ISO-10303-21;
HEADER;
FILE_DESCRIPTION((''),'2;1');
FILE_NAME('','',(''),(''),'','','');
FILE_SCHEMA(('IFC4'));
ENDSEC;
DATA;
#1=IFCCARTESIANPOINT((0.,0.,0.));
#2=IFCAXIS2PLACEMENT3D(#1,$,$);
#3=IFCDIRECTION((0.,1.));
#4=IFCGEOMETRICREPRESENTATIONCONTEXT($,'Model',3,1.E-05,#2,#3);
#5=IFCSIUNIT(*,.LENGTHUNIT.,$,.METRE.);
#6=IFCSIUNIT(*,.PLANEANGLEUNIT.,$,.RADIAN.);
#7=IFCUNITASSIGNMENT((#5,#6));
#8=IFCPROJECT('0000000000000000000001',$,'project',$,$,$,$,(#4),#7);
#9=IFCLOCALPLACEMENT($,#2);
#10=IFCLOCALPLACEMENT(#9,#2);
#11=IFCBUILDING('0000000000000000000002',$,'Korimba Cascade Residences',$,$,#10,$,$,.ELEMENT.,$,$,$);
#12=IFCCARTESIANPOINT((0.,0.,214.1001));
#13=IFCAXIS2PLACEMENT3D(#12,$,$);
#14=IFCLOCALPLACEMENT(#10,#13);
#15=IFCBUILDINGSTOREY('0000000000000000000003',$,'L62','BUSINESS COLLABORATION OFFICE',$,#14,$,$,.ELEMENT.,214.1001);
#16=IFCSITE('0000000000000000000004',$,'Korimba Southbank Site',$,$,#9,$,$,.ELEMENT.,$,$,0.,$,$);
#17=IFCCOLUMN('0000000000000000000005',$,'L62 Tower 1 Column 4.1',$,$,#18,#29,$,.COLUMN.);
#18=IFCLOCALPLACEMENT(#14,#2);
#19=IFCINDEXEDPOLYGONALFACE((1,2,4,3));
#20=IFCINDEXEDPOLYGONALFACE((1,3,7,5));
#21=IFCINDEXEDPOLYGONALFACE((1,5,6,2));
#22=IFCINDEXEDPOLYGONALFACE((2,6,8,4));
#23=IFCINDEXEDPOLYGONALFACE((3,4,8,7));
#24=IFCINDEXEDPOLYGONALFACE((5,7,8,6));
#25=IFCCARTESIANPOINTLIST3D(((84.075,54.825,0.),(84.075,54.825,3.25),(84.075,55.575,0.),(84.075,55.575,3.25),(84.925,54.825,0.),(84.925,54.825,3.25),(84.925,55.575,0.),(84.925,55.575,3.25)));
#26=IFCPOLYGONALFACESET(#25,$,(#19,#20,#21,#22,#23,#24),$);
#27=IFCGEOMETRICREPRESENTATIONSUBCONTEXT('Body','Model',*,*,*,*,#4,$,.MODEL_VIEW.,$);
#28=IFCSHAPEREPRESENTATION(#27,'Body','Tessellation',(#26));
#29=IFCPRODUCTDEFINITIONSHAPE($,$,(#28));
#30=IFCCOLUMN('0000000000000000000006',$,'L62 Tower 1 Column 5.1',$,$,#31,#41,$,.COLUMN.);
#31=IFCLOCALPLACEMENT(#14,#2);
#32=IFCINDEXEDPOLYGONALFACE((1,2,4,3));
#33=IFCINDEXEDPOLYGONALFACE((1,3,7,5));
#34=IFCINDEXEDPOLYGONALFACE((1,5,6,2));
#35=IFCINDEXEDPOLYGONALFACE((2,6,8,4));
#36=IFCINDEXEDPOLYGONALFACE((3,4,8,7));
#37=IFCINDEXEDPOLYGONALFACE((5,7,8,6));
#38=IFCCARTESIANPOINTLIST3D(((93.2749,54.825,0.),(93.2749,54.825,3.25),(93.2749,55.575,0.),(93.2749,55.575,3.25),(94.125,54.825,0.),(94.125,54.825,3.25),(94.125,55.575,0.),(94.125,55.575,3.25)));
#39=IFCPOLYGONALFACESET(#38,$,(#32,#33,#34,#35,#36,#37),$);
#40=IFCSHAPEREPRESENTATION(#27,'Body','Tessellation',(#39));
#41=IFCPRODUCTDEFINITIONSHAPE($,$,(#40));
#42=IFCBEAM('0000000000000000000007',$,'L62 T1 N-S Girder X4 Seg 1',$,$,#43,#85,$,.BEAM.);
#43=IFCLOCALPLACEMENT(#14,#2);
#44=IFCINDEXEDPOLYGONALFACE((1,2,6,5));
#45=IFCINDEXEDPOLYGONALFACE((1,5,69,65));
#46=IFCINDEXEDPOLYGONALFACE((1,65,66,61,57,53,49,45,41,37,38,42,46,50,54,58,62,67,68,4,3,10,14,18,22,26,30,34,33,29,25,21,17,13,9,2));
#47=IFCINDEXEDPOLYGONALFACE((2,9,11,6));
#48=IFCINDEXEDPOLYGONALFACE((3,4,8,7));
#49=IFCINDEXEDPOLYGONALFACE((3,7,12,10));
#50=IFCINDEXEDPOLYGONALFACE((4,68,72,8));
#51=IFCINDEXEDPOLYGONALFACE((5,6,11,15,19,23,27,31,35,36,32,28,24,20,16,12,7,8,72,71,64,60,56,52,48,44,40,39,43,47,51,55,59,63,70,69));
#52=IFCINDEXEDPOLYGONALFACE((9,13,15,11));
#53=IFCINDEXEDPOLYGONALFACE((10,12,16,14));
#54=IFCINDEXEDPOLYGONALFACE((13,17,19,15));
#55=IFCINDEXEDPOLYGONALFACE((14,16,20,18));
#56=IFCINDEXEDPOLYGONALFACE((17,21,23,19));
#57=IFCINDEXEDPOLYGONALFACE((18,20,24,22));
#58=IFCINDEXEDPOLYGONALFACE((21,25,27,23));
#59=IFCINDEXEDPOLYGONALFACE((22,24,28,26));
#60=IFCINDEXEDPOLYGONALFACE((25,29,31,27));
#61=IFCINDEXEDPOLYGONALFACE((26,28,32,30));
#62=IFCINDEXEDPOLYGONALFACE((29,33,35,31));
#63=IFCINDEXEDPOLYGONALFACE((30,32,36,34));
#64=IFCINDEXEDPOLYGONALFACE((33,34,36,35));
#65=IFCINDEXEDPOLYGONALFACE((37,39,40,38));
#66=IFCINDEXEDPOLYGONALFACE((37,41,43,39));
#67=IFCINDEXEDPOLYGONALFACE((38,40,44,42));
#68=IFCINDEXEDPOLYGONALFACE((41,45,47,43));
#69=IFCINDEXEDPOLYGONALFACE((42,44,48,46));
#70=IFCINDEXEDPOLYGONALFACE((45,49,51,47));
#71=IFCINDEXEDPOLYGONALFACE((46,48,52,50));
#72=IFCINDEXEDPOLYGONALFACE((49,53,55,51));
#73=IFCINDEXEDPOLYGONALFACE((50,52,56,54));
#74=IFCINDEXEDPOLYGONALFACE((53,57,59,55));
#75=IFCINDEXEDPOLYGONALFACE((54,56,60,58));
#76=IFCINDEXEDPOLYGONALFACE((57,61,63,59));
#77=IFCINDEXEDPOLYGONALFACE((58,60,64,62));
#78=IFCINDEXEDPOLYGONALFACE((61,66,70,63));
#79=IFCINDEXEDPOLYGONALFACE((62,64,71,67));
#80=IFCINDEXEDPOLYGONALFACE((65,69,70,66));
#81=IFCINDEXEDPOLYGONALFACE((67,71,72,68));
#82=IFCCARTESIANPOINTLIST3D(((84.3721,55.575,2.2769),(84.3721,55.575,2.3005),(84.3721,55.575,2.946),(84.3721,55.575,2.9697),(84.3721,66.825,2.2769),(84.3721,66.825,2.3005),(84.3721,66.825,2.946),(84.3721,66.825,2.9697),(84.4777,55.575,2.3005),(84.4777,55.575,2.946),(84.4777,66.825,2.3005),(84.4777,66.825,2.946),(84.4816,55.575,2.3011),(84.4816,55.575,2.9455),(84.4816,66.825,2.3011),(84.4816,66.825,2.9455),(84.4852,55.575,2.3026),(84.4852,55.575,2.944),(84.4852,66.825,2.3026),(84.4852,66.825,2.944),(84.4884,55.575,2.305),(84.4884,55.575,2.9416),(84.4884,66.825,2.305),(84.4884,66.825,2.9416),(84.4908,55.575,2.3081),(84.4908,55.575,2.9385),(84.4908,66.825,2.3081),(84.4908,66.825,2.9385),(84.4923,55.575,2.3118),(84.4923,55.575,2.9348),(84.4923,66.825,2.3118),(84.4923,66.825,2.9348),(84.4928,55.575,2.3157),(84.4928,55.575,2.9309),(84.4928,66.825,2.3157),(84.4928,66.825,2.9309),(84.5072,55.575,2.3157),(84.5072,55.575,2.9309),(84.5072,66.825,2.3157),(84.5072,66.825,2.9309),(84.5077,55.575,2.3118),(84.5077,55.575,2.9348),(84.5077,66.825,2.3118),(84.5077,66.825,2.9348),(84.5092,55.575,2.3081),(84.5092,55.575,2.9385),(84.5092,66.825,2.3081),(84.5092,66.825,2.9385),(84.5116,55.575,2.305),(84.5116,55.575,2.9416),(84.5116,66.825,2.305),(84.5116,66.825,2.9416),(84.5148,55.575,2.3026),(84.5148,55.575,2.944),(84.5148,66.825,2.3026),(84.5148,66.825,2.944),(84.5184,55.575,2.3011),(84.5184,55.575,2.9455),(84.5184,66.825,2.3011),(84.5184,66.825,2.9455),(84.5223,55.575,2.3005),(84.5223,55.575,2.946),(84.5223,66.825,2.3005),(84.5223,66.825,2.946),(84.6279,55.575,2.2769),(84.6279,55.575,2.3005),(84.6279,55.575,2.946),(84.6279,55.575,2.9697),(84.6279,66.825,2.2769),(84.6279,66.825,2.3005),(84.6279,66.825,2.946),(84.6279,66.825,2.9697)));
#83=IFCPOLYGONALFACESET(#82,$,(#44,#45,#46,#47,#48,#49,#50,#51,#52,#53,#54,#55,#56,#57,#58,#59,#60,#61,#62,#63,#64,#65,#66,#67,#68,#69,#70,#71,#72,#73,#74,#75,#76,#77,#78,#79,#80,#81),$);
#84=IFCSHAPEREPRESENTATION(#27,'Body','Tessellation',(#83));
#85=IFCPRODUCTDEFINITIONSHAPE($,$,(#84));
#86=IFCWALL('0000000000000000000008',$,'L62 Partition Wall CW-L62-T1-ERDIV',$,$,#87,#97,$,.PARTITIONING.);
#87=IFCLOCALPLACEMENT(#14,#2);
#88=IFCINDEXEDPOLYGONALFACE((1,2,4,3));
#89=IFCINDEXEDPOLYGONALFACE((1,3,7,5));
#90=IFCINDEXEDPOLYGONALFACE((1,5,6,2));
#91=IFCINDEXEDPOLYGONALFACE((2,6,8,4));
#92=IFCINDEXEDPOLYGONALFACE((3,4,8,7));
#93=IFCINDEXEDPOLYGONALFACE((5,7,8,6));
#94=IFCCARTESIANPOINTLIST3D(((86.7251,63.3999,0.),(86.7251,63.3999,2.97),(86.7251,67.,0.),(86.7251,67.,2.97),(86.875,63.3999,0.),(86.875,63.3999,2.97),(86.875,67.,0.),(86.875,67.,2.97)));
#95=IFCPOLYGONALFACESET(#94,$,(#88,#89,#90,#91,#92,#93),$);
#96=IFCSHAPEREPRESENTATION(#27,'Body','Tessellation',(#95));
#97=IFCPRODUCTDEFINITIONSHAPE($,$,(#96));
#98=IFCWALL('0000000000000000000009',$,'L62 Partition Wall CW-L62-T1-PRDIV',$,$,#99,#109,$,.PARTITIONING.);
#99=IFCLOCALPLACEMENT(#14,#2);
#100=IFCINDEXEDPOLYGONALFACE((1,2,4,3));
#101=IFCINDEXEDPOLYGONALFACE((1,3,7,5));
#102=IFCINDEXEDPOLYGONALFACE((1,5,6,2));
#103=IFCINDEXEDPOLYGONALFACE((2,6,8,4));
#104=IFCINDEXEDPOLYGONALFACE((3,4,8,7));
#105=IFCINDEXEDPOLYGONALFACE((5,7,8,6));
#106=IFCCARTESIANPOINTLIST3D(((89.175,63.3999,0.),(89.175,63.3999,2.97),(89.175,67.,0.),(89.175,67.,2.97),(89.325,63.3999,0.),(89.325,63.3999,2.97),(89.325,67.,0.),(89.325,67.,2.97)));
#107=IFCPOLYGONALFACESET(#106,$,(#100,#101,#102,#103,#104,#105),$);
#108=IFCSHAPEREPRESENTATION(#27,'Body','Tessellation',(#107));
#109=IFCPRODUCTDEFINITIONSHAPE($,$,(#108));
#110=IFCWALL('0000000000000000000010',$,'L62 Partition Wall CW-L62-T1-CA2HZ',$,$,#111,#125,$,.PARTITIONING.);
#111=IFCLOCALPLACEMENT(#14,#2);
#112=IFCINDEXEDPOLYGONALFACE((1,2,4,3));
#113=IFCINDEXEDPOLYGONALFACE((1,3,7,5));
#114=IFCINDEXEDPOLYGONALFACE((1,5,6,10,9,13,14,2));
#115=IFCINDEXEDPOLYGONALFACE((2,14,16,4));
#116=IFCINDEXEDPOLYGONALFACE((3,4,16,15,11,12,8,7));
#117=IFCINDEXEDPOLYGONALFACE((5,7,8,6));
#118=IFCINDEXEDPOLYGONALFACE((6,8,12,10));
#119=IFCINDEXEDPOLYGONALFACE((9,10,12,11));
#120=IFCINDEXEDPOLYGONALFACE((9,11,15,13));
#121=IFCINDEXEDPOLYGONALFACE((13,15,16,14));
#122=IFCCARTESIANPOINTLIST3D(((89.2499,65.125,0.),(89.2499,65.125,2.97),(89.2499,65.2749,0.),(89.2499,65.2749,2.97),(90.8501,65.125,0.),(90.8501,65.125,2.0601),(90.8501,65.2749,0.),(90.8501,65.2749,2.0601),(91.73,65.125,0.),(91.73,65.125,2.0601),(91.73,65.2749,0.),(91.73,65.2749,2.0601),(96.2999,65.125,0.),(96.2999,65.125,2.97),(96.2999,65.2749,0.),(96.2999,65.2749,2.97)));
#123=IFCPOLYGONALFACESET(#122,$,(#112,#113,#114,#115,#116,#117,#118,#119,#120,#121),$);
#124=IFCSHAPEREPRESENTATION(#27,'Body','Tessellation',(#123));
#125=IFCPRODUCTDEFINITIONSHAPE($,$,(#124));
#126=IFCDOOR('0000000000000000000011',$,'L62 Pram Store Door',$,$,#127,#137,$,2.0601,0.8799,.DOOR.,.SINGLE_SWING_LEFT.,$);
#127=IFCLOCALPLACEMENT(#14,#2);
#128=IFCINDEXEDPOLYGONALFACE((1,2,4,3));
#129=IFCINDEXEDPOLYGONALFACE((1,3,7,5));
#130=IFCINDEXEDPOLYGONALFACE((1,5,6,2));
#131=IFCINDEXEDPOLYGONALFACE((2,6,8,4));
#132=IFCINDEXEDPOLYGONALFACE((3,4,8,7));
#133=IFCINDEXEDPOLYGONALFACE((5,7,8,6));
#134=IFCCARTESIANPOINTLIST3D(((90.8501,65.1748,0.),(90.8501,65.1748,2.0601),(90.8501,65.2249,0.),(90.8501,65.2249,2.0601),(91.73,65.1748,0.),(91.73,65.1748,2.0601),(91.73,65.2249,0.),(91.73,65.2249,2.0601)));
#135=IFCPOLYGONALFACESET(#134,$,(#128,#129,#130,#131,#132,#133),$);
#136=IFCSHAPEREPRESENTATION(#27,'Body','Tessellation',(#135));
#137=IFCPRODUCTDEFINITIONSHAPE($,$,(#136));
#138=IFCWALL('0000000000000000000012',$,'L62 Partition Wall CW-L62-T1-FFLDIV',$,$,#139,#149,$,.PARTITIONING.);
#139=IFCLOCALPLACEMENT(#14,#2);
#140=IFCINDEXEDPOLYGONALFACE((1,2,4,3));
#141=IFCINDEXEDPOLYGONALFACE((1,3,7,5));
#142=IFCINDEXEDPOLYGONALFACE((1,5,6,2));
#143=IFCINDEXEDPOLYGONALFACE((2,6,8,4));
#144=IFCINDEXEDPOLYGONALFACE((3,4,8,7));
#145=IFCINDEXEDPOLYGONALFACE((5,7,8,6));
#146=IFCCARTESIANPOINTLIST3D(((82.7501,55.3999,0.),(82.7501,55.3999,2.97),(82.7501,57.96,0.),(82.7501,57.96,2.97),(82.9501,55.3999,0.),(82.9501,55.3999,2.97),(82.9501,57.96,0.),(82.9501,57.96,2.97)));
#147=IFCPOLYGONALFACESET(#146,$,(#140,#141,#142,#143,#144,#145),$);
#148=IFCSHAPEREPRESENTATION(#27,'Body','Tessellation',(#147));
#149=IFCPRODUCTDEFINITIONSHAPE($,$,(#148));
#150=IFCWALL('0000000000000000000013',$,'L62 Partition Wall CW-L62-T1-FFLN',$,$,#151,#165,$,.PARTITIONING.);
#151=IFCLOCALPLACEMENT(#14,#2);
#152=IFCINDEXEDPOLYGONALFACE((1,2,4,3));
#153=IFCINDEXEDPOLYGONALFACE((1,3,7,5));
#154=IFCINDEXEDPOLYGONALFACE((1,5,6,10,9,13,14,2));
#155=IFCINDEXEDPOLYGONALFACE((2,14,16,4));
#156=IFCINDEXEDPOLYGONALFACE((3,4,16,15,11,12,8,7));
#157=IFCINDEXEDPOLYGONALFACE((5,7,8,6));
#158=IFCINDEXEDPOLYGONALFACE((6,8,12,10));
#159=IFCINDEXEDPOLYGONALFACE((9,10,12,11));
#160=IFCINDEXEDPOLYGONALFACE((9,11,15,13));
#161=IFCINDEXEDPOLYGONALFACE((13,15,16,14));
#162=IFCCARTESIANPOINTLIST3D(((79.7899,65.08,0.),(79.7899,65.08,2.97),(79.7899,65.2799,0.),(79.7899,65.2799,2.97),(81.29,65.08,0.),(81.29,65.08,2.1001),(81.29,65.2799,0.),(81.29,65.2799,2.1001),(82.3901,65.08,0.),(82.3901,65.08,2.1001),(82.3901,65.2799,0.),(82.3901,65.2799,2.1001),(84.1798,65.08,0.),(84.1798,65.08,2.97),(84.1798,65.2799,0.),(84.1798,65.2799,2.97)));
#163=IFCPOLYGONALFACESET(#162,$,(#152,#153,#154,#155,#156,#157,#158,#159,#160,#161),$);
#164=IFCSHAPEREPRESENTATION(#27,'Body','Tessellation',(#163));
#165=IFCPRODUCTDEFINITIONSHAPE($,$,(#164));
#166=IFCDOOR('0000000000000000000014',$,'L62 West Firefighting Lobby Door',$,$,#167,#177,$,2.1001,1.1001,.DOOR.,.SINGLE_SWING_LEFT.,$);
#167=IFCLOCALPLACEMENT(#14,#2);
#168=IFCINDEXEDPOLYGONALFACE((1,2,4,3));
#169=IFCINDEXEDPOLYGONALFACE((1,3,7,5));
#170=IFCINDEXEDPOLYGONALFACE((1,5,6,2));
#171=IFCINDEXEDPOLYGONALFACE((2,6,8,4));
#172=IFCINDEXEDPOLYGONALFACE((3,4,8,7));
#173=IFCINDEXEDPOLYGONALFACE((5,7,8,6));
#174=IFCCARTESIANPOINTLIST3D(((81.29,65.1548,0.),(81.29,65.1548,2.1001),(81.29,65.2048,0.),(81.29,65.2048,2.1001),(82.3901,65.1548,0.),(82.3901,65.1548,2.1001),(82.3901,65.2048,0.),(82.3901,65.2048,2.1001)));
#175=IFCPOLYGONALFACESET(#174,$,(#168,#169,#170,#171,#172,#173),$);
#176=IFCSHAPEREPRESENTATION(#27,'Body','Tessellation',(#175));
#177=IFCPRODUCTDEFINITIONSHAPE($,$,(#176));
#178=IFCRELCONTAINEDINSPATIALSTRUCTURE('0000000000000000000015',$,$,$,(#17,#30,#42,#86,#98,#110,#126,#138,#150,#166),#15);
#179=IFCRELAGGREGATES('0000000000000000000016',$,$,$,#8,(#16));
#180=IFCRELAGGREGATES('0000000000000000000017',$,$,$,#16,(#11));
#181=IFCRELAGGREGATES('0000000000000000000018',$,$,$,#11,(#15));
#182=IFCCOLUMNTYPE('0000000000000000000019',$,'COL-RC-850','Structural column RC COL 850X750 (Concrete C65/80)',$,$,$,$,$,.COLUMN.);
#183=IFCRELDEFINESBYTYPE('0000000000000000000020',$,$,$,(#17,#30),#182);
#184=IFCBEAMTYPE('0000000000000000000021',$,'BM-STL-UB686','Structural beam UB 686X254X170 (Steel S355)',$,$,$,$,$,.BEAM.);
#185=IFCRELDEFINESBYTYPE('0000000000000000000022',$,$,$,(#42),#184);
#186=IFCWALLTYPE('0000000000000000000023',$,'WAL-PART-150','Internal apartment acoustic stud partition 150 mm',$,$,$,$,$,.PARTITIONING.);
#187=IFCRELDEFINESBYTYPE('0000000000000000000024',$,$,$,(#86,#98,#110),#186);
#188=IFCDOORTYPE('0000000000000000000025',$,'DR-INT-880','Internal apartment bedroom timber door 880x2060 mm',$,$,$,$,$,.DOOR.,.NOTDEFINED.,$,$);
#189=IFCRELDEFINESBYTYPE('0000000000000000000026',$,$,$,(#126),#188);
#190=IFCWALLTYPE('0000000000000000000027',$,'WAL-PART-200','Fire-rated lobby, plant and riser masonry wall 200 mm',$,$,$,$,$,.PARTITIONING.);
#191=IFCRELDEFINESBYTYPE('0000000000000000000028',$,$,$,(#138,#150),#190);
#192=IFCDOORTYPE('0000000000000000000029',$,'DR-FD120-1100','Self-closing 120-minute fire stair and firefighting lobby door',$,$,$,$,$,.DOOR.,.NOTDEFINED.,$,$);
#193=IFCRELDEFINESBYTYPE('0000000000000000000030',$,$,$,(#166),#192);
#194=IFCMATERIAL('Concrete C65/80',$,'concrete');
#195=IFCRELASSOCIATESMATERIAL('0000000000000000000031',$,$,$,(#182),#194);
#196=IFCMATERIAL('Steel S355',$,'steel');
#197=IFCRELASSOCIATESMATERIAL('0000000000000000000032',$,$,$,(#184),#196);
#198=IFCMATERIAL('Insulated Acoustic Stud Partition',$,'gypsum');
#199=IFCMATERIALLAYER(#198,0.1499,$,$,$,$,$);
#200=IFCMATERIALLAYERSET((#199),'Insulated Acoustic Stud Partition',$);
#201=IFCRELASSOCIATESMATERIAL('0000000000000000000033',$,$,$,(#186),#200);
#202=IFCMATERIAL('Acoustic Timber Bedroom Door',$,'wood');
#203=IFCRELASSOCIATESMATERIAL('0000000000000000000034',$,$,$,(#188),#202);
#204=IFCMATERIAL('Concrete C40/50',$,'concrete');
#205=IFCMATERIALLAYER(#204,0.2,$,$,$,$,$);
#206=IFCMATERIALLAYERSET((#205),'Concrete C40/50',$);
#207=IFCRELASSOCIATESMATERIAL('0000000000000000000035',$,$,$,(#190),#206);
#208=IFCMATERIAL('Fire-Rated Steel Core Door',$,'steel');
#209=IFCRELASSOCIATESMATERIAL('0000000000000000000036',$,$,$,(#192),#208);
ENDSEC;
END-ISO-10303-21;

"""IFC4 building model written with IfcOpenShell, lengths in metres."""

from ifc_helpers import new_model, si_unit, direction, frame, frame_2d, origin, origin_2d, place, context, subcontext, project, spatial, rectangle, i_section, extrude, material, layer, layer_set, material_profile, profile_set, type_object, element, fill, save


model = new_model("IFC4")

# Units and contexts
model_context = context("Model", 3, precision=1e-05, world=origin(), true_north=direction((0.0, 1.0)))
body_context = subcontext(model_context, "Body", "Model", "MODEL_VIEW")
ifc_project = project(units=[si_unit("LENGTHUNIT", "METRE"), si_unit("PLANEANGLEUNIT", "RADIAN")], contexts=[model_context])

# Site, building, storey
site_placement = place(None, origin())
site = spatial("IfcSite", under=ifc_project, at=site_placement, Name="Korimba Southbank Site", CompositionType="ELEMENT", RefElevation=0.0)
building_placement = place(site_placement, origin())
building = spatial("IfcBuilding", under=site, at=building_placement, Name="Korimba Cascade Residences", CompositionType="ELEMENT")
storey_placement = place(building_placement, frame((0.0, 0.0, 214.1001)))
storey = spatial("IfcBuildingStorey", under=building, at=storey_placement, Name="L62", Description="BUSINESS COLLABORATION OFFICE", CompositionType="ELEMENT", Elevation=214.1001)

# Columns
ifc_material_1 = material(Name="Concrete C65/80", Category="concrete")
ifc_material_profile_1 = material_profile(ifc_material_1, rectangle(XDim=0.8501, YDim=0.75, at=origin_2d()), Name="Concrete C65/80")
ifc_profile_set_1 = profile_set([ifc_material_profile_1], Name="Concrete C65/80")
column_type = type_object("IfcColumnType", Name="COL-RC-850", Description="Structural column RC COL 850X750 (Concrete C65/80)", PredefinedType="COLUMN", material=ifc_profile_set_1)
for number, where, z_axis, x_axis, name in (
    (1, (84.5, 55.2, 0.0), (0.0, 0.0, 1.0), (1.0, 0.0, 0.0), "L62 Tower 1 Column 4.1"),
    (2, (93.7, 55.2, 0.0), (0.0, 0.0, 1.0), (1.0, 0.0, 0.0), "L62 Tower 1 Column 5.1"),
):
    element("IfcColumn", number, at=place(storey_placement, frame(where, z_axis=z_axis, x_axis=x_axis)), inside=storey, type_object=column_type, Name=name, PredefinedType="COLUMN", context=body_context, shape_type="SweptSolid", body=[
        extrude(rectangle(XDim=0.8501, YDim=0.75, at=origin_2d()), origin(), (0.0, 0.0, 1.0), 3.25),
    ])

# Beam
ifc_material_2 = material(Name="Steel S355", Category="steel")
ifc_material_profile_2 = material_profile(ifc_material_2, i_section(OverallWidth=0.2559, OverallDepth=0.6929, WebThickness=0.0144, FlangeThickness=0.0237, FilletRadius=0.0151, at=origin_2d()), Name="Steel S355")
ifc_profile_set_2 = profile_set([ifc_material_profile_2], Name="Steel S355")
beam_type = type_object("IfcBeamType", Name="BM-STL-UB686", Description="Structural beam UB 686X254X170 (Steel S355)", PredefinedType="BEAM", material=ifc_profile_set_2)
beam_placement = place(storey_placement, frame((84.5, 55.575, 2.6233), z_axis=(0.0, 1.0, 0.0), x_axis=(-1.0, 0.0, 0.0)))
element("IfcBeam", 3, at=beam_placement, inside=storey, type_object=beam_type, Name="L62 T1 N-S Girder X4 Seg 1", PredefinedType="BEAM", context=body_context, shape_type="SweptSolid", body=[
    extrude(i_section(OverallWidth=0.2559, OverallDepth=0.6929, WebThickness=0.0144, FlangeThickness=0.0237, FilletRadius=0.0151, at=origin_2d()), origin(), (0.0, 0.0, 1.0), 11.25),
])

# Walls
ifc_material_3 = material(Name="Insulated Acoustic Stud Partition", Category="gypsum")
ifc_layer_1 = layer(ifc_material_3, 0.1499)
ifc_layer_set_1 = layer_set([ifc_layer_1], Name="Insulated Acoustic Stud Partition")
wall_type_1 = type_object("IfcWallType", Name="WAL-PART-150", Description="Internal apartment acoustic stud partition 150 mm", PredefinedType="PARTITIONING", material=ifc_layer_set_1)
for number, where, z_axis, x_axis, name in (
    (4, (86.8, 63.3999, 0.0), (0.0, 0.0, 1.0), (0.0, 1.0, 0.0), "L62 Partition Wall CW-L62-T1-ERDIV"),
    (5, (89.25, 63.3999, 0.0), (0.0, 0.0, 1.0), (0.0, 1.0, 0.0), "L62 Partition Wall CW-L62-T1-PRDIV"),
):
    element("IfcWall", number, at=place(storey_placement, frame(where, z_axis=z_axis, x_axis=x_axis)), inside=storey, type_object=wall_type_1, Name=name, PredefinedType="PARTITIONING", context=body_context, shape_type="SweptSolid", body=[
        extrude(rectangle(XDim=3.6001, YDim=0.1499, at=frame_2d((1.8, 0.0))), origin(), (0.0, 0.0, 1.0), 2.97),
    ])

# Wall, opening, door
wall_1_placement = place(storey_placement, frame((89.25, 65.2, 0.0), z_axis=(0.0, 0.0, 1.0), x_axis=(1.0, 0.0, 0.0)))
wall_1 = element("IfcWall", 6, at=wall_1_placement, inside=storey, type_object=wall_type_1, Name="L62 Partition Wall CW-L62-T1-CA2HZ", PredefinedType="PARTITIONING", context=body_context, shape_type="SweptSolid", body=[
    extrude(rectangle(XDim=7.05, YDim=0.1499, at=frame_2d((3.5249, 0.0))), origin(), (0.0, 0.0, 1.0), 2.97),
])
opening_1_placement = place(wall_1_placement, frame((1.6001, 0.0, 0.0)))
opening_1 = element("IfcOpeningElement", 7, at=opening_1_placement, cuts=wall_1, PredefinedType="OPENING", context=body_context, shape_type="SweptSolid", body=[
    extrude(rectangle(XDim=0.8799, YDim=2.0601, at=frame_2d((0.4399, 1.03))), frame((0.0, 0.085, 0.0), z_axis=(0.0, -1.0, 0.0), x_axis=(1.0, 0.0, 0.0)), (0.0, 0.0, 1.0), 0.1699),
])
ifc_material_4 = material(Name="Acoustic Timber Bedroom Door", Category="wood")
door_type_1 = type_object("IfcDoorType", Name="DR-INT-880", Description="Internal apartment bedroom timber door 880x2060 mm", OperationType="NOTDEFINED", PredefinedType="DOOR", material=ifc_material_4)
door_1_placement = place(opening_1_placement, origin())
door_1 = element("IfcDoor", 8, at=door_1_placement, inside=storey, type_object=door_type_1, Name="L62 Pram Store Door", OperationType="SINGLE_SWING_LEFT", OverallHeight=2.0601, OverallWidth=0.8799, PredefinedType="DOOR", context=body_context, shape_type="SweptSolid", body=[
    extrude(rectangle(XDim=0.8799, YDim=2.0601, at=frame_2d((0.4399, 1.03))), frame((0.0, 0.0249, 0.0), z_axis=(0.0, -1.0, 0.0), x_axis=(1.0, 0.0, 0.0)), (0.0, 0.0, 1.0), 0.05),
])
fill(opening_1, door_1)

# Wall
ifc_material_5 = material(Name="Concrete C40/50", Category="concrete")
ifc_layer_2 = layer(ifc_material_5, 0.2)
ifc_layer_set_2 = layer_set([ifc_layer_2], Name="Concrete C40/50")
wall_type_2 = type_object("IfcWallType", Name="WAL-PART-200", Description="Fire-rated lobby, plant and riser masonry wall 200 mm", PredefinedType="PARTITIONING", material=ifc_layer_set_2)
wall_2_placement = place(storey_placement, frame((82.8501, 55.3999, 0.0), z_axis=(0.0, 0.0, 1.0), x_axis=(0.0, 1.0, 0.0)))
element("IfcWall", 9, at=wall_2_placement, inside=storey, type_object=wall_type_2, Name="L62 Partition Wall CW-L62-T1-FFLDIV", PredefinedType="PARTITIONING", context=body_context, shape_type="SweptSolid", body=[
    extrude(rectangle(XDim=2.5601, YDim=0.2, at=frame_2d((1.28, 0.0))), origin(), (0.0, 0.0, 1.0), 2.97),
])

# Wall, opening, door
wall_3_placement = place(storey_placement, frame((79.79, 65.1799, 0.0), z_axis=(0.0, 0.0, 1.0), x_axis=(1.0, 0.0, 0.0)))
wall_3 = element("IfcWall", 10, at=wall_3_placement, inside=storey, type_object=wall_type_2, Name="L62 Partition Wall CW-L62-T1-FFLN", PredefinedType="PARTITIONING", context=body_context, shape_type="SweptSolid", body=[
    extrude(rectangle(XDim=4.3899, YDim=0.2, at=frame_2d((2.1948, 0.0))), origin(), (0.0, 0.0, 1.0), 2.97),
])
opening_2_placement = place(wall_3_placement, frame((1.5, 0.0, 0.0)))
opening_2 = element("IfcOpeningElement", 11, at=opening_2_placement, cuts=wall_3, PredefinedType="OPENING", context=body_context, shape_type="SweptSolid", body=[
    extrude(rectangle(XDim=1.1001, YDim=2.1001, at=frame_2d((0.55, 1.05))), frame((0.0, 0.1099, 0.0), z_axis=(0.0, -1.0, 0.0), x_axis=(1.0, 0.0, 0.0)), (0.0, 0.0, 1.0), 0.22),
])
ifc_material_6 = material(Name="Fire-Rated Steel Core Door", Category="steel")
door_type_2 = type_object("IfcDoorType", Name="DR-FD120-1100", Description="Self-closing 120-minute fire stair and firefighting lobby door", OperationType="NOTDEFINED", PredefinedType="DOOR", material=ifc_material_6)
door_2_placement = place(opening_2_placement, origin())
door_2 = element("IfcDoor", 12, at=door_2_placement, inside=storey, type_object=door_type_2, Name="L62 West Firefighting Lobby Door", OperationType="SINGLE_SWING_LEFT", OverallHeight=2.1001, OverallWidth=1.1001, PredefinedType="DOOR", context=body_context, shape_type="SweptSolid", body=[
    extrude(rectangle(XDim=1.1001, YDim=2.1001, at=frame_2d((0.55, 1.05))), frame((0.0, 0.0249, 0.0), z_axis=(0.0, -1.0, 0.0), x_axis=(1.0, 0.0, 0.0)), (0.0, 0.0, 1.0), 0.05),
])
fill(opening_2, door_2)

save(model, "model.ifc")
